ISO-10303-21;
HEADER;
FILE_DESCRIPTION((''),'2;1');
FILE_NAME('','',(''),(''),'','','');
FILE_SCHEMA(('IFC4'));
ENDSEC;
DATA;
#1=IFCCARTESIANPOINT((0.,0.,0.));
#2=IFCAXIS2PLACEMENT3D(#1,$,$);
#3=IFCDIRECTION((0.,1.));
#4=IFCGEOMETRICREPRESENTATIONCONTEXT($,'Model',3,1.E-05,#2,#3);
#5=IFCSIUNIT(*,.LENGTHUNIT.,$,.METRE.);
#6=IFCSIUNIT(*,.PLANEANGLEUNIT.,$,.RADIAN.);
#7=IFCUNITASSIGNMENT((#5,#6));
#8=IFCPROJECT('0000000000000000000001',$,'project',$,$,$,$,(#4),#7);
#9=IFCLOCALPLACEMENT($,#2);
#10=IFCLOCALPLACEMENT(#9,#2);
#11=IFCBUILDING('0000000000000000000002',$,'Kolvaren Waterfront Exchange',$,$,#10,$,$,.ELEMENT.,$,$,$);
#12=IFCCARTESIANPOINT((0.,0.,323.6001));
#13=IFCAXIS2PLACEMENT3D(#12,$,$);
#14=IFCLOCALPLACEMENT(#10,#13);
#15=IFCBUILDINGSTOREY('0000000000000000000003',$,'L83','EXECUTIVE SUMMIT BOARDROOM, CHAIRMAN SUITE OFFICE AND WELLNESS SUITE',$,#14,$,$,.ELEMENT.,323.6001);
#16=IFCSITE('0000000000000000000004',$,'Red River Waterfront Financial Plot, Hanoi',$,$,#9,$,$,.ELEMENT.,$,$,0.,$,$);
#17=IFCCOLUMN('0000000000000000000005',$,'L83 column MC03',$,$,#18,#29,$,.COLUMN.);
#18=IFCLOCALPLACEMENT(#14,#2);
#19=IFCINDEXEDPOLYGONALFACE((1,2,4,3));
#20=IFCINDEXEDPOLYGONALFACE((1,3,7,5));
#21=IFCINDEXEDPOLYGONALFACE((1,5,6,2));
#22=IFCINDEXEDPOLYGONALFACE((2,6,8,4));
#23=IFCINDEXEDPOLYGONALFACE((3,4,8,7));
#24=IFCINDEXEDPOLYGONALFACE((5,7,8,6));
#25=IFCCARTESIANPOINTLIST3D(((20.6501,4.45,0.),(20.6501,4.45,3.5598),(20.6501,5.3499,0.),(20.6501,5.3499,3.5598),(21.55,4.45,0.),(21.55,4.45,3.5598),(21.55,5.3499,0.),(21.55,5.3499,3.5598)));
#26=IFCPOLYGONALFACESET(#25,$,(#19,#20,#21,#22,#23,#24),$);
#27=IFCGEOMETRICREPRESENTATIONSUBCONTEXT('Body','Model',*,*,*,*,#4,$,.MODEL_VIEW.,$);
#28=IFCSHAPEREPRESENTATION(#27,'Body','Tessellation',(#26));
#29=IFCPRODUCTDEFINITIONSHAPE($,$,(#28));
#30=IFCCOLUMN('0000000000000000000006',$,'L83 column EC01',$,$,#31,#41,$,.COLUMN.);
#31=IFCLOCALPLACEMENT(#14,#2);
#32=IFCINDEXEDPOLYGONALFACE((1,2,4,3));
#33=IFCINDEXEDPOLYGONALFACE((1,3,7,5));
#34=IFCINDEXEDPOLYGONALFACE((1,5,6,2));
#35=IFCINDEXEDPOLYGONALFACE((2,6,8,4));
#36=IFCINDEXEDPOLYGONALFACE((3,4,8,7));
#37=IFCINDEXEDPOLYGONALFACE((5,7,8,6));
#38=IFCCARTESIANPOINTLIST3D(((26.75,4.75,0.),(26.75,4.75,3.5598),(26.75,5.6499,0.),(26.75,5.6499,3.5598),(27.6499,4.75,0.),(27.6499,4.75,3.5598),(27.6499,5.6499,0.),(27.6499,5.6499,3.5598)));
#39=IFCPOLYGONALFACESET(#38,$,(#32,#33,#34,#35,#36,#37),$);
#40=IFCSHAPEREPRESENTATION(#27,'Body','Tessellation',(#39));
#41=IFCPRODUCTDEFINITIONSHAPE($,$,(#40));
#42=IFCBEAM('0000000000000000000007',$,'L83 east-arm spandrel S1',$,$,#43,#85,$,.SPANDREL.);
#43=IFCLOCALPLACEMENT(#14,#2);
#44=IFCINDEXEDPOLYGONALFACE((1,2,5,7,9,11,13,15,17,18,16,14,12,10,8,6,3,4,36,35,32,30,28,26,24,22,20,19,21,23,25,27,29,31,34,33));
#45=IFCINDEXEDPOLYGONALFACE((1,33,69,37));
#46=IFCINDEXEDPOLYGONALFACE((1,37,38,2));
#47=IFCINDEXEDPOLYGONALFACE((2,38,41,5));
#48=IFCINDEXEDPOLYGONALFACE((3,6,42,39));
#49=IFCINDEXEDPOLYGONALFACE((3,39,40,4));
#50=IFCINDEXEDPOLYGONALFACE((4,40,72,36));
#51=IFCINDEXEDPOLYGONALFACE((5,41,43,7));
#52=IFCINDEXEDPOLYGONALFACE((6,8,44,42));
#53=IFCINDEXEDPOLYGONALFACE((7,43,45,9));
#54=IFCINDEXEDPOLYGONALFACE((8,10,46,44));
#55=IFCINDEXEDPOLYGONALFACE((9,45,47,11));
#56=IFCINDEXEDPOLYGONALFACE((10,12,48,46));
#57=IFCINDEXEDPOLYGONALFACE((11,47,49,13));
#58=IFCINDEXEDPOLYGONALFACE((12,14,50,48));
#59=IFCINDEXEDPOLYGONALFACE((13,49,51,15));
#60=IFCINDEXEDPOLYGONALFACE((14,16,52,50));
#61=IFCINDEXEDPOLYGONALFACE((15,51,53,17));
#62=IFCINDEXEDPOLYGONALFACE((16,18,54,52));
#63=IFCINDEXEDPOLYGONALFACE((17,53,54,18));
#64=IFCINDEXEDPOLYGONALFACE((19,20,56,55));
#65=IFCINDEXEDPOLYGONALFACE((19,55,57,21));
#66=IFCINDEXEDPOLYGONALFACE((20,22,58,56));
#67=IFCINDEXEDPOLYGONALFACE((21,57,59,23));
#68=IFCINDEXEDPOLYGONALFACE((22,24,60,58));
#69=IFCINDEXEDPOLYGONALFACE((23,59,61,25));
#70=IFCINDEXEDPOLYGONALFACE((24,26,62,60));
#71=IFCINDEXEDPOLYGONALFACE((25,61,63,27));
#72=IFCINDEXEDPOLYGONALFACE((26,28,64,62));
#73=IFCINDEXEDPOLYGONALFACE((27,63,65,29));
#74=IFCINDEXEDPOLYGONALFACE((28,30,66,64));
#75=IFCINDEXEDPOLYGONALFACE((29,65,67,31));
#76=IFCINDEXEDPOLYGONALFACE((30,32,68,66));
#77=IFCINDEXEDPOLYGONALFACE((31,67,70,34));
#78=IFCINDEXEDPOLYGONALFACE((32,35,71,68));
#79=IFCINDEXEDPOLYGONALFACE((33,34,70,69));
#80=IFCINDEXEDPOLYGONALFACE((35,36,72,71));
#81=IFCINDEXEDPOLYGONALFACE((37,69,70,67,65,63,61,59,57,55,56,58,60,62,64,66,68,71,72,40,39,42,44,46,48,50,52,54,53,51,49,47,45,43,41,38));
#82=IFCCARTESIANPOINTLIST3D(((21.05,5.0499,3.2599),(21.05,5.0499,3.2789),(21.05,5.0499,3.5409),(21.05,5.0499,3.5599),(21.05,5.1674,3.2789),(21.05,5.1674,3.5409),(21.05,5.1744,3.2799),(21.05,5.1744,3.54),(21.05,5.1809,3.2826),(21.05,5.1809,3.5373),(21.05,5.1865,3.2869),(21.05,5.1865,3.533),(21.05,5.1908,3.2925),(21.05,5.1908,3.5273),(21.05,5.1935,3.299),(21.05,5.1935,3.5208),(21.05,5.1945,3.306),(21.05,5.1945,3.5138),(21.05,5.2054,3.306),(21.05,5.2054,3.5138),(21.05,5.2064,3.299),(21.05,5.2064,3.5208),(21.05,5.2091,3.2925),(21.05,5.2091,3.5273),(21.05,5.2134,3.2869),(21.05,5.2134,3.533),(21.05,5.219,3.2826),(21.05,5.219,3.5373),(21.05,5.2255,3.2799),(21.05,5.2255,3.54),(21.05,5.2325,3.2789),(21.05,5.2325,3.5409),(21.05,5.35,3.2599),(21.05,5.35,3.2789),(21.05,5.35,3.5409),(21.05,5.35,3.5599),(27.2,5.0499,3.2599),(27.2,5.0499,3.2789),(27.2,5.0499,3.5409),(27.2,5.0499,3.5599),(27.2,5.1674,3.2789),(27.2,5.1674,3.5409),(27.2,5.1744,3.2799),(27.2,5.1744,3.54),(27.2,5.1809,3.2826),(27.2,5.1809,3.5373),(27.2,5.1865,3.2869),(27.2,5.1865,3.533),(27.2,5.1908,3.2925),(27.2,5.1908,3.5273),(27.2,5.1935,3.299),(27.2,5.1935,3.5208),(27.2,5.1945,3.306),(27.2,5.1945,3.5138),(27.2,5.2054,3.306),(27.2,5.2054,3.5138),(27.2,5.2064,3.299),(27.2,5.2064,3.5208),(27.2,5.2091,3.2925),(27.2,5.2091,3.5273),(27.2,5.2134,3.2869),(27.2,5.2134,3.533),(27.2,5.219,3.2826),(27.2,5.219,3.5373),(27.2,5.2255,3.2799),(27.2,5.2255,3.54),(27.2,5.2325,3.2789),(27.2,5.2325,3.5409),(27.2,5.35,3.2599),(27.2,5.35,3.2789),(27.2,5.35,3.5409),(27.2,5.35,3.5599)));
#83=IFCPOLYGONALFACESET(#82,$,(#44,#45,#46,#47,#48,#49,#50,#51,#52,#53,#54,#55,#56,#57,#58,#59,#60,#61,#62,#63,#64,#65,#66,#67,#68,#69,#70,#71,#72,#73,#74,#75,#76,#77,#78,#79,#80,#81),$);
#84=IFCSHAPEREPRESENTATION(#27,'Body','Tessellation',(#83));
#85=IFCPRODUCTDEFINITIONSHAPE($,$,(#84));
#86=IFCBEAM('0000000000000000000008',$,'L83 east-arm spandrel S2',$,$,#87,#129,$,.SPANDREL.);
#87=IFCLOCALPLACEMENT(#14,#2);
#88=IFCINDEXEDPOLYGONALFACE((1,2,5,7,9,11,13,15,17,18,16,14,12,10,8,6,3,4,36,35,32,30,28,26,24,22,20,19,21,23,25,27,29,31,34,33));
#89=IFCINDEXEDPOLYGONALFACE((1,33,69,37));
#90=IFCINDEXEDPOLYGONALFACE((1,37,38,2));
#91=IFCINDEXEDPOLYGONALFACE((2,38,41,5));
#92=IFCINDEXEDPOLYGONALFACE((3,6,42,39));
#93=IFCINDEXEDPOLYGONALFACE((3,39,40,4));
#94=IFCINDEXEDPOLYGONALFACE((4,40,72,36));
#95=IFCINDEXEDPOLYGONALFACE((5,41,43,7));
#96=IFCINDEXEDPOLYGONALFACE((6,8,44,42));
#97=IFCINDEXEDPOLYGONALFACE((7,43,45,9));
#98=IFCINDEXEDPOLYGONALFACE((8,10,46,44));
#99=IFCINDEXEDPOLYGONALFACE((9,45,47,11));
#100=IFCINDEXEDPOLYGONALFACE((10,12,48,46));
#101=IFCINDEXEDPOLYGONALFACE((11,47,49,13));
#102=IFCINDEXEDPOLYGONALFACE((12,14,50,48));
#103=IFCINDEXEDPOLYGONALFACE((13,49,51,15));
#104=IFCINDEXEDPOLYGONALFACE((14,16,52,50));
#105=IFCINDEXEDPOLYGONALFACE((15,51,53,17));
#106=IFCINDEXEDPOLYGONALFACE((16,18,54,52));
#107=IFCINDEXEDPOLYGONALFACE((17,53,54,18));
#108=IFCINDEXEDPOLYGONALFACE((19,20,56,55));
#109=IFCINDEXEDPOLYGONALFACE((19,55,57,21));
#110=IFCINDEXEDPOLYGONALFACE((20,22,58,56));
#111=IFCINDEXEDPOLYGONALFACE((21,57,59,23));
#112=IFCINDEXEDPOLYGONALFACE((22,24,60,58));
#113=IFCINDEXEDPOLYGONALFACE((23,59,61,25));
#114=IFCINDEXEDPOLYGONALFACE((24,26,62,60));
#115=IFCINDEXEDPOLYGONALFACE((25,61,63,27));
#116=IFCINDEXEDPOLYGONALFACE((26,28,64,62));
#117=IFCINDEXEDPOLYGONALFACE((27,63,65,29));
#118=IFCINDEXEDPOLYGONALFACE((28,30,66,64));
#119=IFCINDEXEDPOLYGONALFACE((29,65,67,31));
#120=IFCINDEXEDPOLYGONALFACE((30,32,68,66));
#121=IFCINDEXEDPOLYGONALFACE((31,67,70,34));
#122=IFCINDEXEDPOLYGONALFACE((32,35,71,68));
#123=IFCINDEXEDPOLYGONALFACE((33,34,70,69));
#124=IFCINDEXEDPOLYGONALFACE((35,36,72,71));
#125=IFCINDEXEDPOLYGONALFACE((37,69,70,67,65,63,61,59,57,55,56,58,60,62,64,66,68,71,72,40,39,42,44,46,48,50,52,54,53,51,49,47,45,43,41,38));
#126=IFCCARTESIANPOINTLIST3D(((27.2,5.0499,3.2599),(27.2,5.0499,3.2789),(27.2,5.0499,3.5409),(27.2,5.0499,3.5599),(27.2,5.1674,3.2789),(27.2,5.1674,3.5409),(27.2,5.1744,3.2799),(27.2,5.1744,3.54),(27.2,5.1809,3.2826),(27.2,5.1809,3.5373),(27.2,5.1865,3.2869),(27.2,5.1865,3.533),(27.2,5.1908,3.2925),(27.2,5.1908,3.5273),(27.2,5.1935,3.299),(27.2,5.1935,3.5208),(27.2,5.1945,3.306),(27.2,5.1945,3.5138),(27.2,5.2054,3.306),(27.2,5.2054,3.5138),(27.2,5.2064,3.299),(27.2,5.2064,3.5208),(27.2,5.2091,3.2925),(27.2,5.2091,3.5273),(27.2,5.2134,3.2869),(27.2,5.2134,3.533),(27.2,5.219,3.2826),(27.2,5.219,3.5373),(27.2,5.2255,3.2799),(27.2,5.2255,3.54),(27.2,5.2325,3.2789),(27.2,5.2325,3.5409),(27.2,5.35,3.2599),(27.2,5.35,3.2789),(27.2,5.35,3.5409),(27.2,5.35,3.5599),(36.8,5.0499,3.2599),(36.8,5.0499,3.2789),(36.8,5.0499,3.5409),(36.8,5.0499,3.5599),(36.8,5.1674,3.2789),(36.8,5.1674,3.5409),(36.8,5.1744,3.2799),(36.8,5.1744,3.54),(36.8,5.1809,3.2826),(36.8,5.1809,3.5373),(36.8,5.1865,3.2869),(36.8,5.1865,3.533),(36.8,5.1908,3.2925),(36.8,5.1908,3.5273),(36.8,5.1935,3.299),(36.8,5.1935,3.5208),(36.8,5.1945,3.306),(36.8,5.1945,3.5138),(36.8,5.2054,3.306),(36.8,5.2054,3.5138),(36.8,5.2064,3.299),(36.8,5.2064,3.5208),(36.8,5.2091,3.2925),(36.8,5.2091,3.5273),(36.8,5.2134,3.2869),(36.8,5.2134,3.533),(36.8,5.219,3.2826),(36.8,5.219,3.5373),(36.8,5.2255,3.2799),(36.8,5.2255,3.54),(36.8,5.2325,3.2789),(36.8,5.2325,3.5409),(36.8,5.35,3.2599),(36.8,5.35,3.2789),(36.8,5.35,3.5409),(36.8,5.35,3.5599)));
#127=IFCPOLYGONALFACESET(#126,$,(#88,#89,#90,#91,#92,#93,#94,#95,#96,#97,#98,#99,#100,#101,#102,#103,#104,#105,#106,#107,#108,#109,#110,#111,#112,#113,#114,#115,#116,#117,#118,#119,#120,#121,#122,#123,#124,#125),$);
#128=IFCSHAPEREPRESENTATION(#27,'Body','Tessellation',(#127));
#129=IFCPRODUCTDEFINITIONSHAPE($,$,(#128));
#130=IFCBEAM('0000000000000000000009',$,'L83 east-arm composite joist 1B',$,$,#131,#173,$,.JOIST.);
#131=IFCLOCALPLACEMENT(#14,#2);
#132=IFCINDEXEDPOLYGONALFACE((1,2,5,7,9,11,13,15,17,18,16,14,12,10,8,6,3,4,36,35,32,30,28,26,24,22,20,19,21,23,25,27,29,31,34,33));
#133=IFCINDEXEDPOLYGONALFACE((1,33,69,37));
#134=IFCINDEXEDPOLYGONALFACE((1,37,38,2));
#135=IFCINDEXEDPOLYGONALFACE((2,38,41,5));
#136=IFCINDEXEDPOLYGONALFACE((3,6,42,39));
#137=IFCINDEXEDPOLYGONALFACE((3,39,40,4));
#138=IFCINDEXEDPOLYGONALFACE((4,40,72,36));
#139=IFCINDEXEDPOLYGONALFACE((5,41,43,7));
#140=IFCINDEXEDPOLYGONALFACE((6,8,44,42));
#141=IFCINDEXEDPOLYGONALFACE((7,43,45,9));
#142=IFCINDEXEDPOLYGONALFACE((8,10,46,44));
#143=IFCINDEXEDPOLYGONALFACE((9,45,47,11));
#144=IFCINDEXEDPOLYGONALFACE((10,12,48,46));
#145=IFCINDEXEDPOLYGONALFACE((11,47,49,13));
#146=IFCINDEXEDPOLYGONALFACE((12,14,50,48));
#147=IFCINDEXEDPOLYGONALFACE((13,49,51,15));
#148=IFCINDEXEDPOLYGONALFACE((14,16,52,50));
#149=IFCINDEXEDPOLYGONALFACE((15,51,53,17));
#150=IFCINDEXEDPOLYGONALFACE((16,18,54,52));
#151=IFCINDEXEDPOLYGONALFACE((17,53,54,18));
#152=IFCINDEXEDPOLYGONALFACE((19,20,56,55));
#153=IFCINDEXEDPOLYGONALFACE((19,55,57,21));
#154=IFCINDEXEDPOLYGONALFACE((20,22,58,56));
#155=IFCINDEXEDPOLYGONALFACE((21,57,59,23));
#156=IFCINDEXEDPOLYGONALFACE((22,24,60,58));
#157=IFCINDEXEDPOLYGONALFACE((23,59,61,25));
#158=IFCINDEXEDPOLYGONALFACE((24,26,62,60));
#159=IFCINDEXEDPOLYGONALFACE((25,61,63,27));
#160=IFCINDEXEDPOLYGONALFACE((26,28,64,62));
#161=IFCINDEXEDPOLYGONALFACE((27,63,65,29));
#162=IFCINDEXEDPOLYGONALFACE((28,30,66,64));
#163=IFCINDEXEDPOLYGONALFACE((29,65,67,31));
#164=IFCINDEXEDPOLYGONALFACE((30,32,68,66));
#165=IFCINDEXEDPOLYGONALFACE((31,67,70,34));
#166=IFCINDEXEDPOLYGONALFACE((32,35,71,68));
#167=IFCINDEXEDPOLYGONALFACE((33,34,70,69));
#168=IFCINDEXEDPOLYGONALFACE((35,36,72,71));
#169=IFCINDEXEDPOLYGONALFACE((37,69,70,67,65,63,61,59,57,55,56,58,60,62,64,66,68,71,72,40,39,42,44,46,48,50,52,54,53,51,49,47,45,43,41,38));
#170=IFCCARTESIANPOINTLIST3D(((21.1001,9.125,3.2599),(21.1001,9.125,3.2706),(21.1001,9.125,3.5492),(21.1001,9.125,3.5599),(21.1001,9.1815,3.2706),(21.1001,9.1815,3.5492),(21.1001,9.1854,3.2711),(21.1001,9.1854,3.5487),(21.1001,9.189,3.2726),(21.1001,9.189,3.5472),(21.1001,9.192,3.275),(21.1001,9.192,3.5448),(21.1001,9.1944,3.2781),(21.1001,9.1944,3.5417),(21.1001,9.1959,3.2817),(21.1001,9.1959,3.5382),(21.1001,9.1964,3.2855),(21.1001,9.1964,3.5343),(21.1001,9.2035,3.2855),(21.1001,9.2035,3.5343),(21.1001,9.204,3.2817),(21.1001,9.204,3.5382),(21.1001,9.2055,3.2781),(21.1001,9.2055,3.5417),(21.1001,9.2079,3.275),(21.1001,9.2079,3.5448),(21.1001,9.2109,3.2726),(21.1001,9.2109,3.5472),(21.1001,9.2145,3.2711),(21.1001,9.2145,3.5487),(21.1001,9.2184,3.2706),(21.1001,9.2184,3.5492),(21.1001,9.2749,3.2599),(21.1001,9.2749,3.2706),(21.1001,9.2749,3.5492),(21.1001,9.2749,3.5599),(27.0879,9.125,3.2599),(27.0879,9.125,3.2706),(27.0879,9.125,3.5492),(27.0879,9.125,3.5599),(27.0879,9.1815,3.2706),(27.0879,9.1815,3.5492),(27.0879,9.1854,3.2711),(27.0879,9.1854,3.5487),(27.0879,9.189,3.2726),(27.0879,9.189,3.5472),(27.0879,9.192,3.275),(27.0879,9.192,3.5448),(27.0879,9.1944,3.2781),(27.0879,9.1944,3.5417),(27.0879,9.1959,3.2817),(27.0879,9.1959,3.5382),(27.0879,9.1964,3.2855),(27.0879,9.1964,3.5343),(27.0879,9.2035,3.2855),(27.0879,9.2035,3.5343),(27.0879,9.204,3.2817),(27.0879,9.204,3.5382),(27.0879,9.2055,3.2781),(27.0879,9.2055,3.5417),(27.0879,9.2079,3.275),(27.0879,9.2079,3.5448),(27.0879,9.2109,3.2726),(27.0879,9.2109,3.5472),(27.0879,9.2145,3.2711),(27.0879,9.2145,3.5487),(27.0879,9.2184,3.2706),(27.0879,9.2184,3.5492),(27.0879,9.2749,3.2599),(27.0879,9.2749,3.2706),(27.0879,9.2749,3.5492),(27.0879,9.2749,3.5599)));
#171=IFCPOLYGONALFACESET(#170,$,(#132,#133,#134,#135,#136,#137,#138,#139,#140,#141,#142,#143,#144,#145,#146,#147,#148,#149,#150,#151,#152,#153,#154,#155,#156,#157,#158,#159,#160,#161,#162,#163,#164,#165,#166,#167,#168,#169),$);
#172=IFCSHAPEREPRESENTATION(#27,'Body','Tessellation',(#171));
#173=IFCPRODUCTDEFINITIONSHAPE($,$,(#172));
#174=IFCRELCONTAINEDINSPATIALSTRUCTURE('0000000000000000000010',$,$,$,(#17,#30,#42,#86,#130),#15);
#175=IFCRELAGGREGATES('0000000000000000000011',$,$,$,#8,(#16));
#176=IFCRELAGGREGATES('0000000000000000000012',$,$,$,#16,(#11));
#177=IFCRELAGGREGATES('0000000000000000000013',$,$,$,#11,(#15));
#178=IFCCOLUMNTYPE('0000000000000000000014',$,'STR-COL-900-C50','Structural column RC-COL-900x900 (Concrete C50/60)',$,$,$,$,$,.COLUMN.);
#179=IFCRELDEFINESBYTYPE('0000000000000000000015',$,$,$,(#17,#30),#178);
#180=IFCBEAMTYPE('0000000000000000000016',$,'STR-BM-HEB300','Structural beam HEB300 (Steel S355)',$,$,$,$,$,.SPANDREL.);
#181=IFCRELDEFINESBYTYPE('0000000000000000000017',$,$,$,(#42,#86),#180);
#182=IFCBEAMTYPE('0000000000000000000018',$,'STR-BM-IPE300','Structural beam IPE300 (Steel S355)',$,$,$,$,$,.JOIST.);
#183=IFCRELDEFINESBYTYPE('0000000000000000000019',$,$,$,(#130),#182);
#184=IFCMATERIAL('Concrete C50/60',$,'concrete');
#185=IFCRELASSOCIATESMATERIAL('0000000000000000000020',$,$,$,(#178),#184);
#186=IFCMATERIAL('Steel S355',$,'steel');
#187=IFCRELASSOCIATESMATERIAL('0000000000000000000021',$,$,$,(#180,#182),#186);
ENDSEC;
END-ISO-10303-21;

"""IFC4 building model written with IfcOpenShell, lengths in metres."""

from ifc_helpers import new_model, si_unit, direction, frame, origin, origin_2d, place, context, subcontext, project, spatial, rectangle, i_section, extrude, material, material_profile, profile_set, type_object, element, save


model = new_model("IFC4")

# Units and contexts
model_context = context("Model", 3, precision=1e-05, world=origin(), true_north=direction((0.0, 1.0)))
body_context = subcontext(model_context, "Body", "Model", "MODEL_VIEW")
ifc_project = project(units=[si_unit("LENGTHUNIT", "METRE"), si_unit("PLANEANGLEUNIT", "RADIAN")], contexts=[model_context])

# Site, building, storey
site_placement = place(None, origin())
site = spatial("IfcSite", under=ifc_project, at=site_placement, Name="Red River Waterfront Financial Plot, Hanoi", CompositionType="ELEMENT", RefElevation=0.0)
building_placement = place(site_placement, origin())
building = spatial("IfcBuilding", under=site, at=building_placement, Name="Kolvaren Waterfront Exchange", CompositionType="ELEMENT")
storey_placement = place(building_placement, frame((0.0, 0.0, 323.6001)))
storey = spatial("IfcBuildingStorey", under=building, at=storey_placement, Name="L83", Description="EXECUTIVE SUMMIT BOARDROOM, CHAIRMAN SUITE OFFICE AND WELLNESS SUITE", CompositionType="ELEMENT", Elevation=323.6001)

# Columns
ifc_material_1 = material(Name="Concrete C50/60", Category="concrete")
ifc_material_profile_1 = material_profile(ifc_material_1, rectangle(XDim=0.8999, YDim=0.8999, at=origin_2d()), Name="RC-COL-900x900")
ifc_profile_set_1 = profile_set([ifc_material_profile_1], Name="Concrete C50/60")
column_type = type_object("IfcColumnType", Name="STR-COL-900-C50", Description="Structural column RC-COL-900x900 (Concrete C50/60)", PredefinedType="COLUMN", material=ifc_profile_set_1)
for number, where, z_axis, x_axis, name in (
    (1, (21.1001, 4.8999, 0.0), (0.0, 0.0, 1.0), (1.0, 0.0, 0.0), "L83 column MC03"),
    (2, (27.2, 5.2, 0.0), (0.0, 0.0, 1.0), (1.0, 0.0, 0.0), "L83 column EC01"),
):
    element("IfcColumn", number, at=place(storey_placement, frame(where, z_axis=z_axis, x_axis=x_axis)), inside=storey, type_object=column_type, Name=name, PredefinedType="COLUMN", context=body_context, shape_type="SweptSolid", body=[
        extrude(rectangle(XDim=0.8999, YDim=0.8999, at=origin_2d()), origin(), (0.0, 0.0, 1.0), 3.5598),
    ])

# Beams
ifc_material_2 = material(Name="Steel S355", Category="steel")
ifc_material_profile_2 = material_profile(ifc_material_2, i_section(OverallWidth=0.3, OverallDepth=0.3, WebThickness=0.011, FlangeThickness=0.019, FilletRadius=0.0271, at=origin_2d()), Name="HEB300")
ifc_profile_set_2 = profile_set([ifc_material_profile_2], Name="Steel S355")
beam_type_1 = type_object("IfcBeamType", Name="STR-BM-HEB300", Description="Structural beam HEB300 (Steel S355)", PredefinedType="SPANDREL", material=ifc_profile_set_2)
beam_1_placement = place(storey_placement, frame((21.05, 5.2, 3.4099), z_axis=(1.0, 0.0, 0.0), x_axis=(0.0, 1.0, 0.0)))
element("IfcBeam", 3, at=beam_1_placement, inside=storey, type_object=beam_type_1, Name="L83 east-arm spandrel S1", PredefinedType="SPANDREL", context=body_context, shape_type="SweptSolid", body=[
    extrude(i_section(OverallWidth=0.3, OverallDepth=0.3, WebThickness=0.011, FlangeThickness=0.019, FilletRadius=0.0271, at=origin_2d()), origin(), (0.0, 0.0, 1.0), 6.1499),
])
beam_2_placement = place(storey_placement, frame((27.2, 5.2, 3.4099), z_axis=(1.0, 0.0, 0.0), x_axis=(0.0, 1.0, 0.0)))
element("IfcBeam", 4, at=beam_2_placement, inside=storey, type_object=beam_type_1, Name="L83 east-arm spandrel S2", PredefinedType="SPANDREL", context=body_context, shape_type="SweptSolid", body=[
    extrude(i_section(OverallWidth=0.3, OverallDepth=0.3, WebThickness=0.011, FlangeThickness=0.019, FilletRadius=0.0271, at=origin_2d()), origin(), (0.0, 0.0, 1.0), 9.6001),
])
ifc_material_profile_3 = material_profile(ifc_material_2, i_section(OverallWidth=0.1499, OverallDepth=0.3, WebThickness=0.0071, FlangeThickness=0.0107, FilletRadius=0.0149, at=origin_2d()), Name="IPE300")
ifc_profile_set_3 = profile_set([ifc_material_profile_3], Name="Steel S355")
beam_type_2 = type_object("IfcBeamType", Name="STR-BM-IPE300", Description="Structural beam IPE300 (Steel S355)", PredefinedType="JOIST", material=ifc_profile_set_3)
beam_3_placement = place(storey_placement, frame((21.1001, 9.2, 3.4099), z_axis=(1.0, 0.0, 0.0), x_axis=(0.0, 1.0, 0.0)))
element("IfcBeam", 5, at=beam_3_placement, inside=storey, type_object=beam_type_2, Name="L83 east-arm composite joist 1B", PredefinedType="JOIST", context=body_context, shape_type="SweptSolid", body=[
    extrude(i_section(OverallWidth=0.1499, OverallDepth=0.3, WebThickness=0.0071, FlangeThickness=0.0107, FilletRadius=0.0149, at=origin_2d()), origin(), (0.0, 0.0, 1.0), 5.9878),
])

save(model, "model.ifc")
